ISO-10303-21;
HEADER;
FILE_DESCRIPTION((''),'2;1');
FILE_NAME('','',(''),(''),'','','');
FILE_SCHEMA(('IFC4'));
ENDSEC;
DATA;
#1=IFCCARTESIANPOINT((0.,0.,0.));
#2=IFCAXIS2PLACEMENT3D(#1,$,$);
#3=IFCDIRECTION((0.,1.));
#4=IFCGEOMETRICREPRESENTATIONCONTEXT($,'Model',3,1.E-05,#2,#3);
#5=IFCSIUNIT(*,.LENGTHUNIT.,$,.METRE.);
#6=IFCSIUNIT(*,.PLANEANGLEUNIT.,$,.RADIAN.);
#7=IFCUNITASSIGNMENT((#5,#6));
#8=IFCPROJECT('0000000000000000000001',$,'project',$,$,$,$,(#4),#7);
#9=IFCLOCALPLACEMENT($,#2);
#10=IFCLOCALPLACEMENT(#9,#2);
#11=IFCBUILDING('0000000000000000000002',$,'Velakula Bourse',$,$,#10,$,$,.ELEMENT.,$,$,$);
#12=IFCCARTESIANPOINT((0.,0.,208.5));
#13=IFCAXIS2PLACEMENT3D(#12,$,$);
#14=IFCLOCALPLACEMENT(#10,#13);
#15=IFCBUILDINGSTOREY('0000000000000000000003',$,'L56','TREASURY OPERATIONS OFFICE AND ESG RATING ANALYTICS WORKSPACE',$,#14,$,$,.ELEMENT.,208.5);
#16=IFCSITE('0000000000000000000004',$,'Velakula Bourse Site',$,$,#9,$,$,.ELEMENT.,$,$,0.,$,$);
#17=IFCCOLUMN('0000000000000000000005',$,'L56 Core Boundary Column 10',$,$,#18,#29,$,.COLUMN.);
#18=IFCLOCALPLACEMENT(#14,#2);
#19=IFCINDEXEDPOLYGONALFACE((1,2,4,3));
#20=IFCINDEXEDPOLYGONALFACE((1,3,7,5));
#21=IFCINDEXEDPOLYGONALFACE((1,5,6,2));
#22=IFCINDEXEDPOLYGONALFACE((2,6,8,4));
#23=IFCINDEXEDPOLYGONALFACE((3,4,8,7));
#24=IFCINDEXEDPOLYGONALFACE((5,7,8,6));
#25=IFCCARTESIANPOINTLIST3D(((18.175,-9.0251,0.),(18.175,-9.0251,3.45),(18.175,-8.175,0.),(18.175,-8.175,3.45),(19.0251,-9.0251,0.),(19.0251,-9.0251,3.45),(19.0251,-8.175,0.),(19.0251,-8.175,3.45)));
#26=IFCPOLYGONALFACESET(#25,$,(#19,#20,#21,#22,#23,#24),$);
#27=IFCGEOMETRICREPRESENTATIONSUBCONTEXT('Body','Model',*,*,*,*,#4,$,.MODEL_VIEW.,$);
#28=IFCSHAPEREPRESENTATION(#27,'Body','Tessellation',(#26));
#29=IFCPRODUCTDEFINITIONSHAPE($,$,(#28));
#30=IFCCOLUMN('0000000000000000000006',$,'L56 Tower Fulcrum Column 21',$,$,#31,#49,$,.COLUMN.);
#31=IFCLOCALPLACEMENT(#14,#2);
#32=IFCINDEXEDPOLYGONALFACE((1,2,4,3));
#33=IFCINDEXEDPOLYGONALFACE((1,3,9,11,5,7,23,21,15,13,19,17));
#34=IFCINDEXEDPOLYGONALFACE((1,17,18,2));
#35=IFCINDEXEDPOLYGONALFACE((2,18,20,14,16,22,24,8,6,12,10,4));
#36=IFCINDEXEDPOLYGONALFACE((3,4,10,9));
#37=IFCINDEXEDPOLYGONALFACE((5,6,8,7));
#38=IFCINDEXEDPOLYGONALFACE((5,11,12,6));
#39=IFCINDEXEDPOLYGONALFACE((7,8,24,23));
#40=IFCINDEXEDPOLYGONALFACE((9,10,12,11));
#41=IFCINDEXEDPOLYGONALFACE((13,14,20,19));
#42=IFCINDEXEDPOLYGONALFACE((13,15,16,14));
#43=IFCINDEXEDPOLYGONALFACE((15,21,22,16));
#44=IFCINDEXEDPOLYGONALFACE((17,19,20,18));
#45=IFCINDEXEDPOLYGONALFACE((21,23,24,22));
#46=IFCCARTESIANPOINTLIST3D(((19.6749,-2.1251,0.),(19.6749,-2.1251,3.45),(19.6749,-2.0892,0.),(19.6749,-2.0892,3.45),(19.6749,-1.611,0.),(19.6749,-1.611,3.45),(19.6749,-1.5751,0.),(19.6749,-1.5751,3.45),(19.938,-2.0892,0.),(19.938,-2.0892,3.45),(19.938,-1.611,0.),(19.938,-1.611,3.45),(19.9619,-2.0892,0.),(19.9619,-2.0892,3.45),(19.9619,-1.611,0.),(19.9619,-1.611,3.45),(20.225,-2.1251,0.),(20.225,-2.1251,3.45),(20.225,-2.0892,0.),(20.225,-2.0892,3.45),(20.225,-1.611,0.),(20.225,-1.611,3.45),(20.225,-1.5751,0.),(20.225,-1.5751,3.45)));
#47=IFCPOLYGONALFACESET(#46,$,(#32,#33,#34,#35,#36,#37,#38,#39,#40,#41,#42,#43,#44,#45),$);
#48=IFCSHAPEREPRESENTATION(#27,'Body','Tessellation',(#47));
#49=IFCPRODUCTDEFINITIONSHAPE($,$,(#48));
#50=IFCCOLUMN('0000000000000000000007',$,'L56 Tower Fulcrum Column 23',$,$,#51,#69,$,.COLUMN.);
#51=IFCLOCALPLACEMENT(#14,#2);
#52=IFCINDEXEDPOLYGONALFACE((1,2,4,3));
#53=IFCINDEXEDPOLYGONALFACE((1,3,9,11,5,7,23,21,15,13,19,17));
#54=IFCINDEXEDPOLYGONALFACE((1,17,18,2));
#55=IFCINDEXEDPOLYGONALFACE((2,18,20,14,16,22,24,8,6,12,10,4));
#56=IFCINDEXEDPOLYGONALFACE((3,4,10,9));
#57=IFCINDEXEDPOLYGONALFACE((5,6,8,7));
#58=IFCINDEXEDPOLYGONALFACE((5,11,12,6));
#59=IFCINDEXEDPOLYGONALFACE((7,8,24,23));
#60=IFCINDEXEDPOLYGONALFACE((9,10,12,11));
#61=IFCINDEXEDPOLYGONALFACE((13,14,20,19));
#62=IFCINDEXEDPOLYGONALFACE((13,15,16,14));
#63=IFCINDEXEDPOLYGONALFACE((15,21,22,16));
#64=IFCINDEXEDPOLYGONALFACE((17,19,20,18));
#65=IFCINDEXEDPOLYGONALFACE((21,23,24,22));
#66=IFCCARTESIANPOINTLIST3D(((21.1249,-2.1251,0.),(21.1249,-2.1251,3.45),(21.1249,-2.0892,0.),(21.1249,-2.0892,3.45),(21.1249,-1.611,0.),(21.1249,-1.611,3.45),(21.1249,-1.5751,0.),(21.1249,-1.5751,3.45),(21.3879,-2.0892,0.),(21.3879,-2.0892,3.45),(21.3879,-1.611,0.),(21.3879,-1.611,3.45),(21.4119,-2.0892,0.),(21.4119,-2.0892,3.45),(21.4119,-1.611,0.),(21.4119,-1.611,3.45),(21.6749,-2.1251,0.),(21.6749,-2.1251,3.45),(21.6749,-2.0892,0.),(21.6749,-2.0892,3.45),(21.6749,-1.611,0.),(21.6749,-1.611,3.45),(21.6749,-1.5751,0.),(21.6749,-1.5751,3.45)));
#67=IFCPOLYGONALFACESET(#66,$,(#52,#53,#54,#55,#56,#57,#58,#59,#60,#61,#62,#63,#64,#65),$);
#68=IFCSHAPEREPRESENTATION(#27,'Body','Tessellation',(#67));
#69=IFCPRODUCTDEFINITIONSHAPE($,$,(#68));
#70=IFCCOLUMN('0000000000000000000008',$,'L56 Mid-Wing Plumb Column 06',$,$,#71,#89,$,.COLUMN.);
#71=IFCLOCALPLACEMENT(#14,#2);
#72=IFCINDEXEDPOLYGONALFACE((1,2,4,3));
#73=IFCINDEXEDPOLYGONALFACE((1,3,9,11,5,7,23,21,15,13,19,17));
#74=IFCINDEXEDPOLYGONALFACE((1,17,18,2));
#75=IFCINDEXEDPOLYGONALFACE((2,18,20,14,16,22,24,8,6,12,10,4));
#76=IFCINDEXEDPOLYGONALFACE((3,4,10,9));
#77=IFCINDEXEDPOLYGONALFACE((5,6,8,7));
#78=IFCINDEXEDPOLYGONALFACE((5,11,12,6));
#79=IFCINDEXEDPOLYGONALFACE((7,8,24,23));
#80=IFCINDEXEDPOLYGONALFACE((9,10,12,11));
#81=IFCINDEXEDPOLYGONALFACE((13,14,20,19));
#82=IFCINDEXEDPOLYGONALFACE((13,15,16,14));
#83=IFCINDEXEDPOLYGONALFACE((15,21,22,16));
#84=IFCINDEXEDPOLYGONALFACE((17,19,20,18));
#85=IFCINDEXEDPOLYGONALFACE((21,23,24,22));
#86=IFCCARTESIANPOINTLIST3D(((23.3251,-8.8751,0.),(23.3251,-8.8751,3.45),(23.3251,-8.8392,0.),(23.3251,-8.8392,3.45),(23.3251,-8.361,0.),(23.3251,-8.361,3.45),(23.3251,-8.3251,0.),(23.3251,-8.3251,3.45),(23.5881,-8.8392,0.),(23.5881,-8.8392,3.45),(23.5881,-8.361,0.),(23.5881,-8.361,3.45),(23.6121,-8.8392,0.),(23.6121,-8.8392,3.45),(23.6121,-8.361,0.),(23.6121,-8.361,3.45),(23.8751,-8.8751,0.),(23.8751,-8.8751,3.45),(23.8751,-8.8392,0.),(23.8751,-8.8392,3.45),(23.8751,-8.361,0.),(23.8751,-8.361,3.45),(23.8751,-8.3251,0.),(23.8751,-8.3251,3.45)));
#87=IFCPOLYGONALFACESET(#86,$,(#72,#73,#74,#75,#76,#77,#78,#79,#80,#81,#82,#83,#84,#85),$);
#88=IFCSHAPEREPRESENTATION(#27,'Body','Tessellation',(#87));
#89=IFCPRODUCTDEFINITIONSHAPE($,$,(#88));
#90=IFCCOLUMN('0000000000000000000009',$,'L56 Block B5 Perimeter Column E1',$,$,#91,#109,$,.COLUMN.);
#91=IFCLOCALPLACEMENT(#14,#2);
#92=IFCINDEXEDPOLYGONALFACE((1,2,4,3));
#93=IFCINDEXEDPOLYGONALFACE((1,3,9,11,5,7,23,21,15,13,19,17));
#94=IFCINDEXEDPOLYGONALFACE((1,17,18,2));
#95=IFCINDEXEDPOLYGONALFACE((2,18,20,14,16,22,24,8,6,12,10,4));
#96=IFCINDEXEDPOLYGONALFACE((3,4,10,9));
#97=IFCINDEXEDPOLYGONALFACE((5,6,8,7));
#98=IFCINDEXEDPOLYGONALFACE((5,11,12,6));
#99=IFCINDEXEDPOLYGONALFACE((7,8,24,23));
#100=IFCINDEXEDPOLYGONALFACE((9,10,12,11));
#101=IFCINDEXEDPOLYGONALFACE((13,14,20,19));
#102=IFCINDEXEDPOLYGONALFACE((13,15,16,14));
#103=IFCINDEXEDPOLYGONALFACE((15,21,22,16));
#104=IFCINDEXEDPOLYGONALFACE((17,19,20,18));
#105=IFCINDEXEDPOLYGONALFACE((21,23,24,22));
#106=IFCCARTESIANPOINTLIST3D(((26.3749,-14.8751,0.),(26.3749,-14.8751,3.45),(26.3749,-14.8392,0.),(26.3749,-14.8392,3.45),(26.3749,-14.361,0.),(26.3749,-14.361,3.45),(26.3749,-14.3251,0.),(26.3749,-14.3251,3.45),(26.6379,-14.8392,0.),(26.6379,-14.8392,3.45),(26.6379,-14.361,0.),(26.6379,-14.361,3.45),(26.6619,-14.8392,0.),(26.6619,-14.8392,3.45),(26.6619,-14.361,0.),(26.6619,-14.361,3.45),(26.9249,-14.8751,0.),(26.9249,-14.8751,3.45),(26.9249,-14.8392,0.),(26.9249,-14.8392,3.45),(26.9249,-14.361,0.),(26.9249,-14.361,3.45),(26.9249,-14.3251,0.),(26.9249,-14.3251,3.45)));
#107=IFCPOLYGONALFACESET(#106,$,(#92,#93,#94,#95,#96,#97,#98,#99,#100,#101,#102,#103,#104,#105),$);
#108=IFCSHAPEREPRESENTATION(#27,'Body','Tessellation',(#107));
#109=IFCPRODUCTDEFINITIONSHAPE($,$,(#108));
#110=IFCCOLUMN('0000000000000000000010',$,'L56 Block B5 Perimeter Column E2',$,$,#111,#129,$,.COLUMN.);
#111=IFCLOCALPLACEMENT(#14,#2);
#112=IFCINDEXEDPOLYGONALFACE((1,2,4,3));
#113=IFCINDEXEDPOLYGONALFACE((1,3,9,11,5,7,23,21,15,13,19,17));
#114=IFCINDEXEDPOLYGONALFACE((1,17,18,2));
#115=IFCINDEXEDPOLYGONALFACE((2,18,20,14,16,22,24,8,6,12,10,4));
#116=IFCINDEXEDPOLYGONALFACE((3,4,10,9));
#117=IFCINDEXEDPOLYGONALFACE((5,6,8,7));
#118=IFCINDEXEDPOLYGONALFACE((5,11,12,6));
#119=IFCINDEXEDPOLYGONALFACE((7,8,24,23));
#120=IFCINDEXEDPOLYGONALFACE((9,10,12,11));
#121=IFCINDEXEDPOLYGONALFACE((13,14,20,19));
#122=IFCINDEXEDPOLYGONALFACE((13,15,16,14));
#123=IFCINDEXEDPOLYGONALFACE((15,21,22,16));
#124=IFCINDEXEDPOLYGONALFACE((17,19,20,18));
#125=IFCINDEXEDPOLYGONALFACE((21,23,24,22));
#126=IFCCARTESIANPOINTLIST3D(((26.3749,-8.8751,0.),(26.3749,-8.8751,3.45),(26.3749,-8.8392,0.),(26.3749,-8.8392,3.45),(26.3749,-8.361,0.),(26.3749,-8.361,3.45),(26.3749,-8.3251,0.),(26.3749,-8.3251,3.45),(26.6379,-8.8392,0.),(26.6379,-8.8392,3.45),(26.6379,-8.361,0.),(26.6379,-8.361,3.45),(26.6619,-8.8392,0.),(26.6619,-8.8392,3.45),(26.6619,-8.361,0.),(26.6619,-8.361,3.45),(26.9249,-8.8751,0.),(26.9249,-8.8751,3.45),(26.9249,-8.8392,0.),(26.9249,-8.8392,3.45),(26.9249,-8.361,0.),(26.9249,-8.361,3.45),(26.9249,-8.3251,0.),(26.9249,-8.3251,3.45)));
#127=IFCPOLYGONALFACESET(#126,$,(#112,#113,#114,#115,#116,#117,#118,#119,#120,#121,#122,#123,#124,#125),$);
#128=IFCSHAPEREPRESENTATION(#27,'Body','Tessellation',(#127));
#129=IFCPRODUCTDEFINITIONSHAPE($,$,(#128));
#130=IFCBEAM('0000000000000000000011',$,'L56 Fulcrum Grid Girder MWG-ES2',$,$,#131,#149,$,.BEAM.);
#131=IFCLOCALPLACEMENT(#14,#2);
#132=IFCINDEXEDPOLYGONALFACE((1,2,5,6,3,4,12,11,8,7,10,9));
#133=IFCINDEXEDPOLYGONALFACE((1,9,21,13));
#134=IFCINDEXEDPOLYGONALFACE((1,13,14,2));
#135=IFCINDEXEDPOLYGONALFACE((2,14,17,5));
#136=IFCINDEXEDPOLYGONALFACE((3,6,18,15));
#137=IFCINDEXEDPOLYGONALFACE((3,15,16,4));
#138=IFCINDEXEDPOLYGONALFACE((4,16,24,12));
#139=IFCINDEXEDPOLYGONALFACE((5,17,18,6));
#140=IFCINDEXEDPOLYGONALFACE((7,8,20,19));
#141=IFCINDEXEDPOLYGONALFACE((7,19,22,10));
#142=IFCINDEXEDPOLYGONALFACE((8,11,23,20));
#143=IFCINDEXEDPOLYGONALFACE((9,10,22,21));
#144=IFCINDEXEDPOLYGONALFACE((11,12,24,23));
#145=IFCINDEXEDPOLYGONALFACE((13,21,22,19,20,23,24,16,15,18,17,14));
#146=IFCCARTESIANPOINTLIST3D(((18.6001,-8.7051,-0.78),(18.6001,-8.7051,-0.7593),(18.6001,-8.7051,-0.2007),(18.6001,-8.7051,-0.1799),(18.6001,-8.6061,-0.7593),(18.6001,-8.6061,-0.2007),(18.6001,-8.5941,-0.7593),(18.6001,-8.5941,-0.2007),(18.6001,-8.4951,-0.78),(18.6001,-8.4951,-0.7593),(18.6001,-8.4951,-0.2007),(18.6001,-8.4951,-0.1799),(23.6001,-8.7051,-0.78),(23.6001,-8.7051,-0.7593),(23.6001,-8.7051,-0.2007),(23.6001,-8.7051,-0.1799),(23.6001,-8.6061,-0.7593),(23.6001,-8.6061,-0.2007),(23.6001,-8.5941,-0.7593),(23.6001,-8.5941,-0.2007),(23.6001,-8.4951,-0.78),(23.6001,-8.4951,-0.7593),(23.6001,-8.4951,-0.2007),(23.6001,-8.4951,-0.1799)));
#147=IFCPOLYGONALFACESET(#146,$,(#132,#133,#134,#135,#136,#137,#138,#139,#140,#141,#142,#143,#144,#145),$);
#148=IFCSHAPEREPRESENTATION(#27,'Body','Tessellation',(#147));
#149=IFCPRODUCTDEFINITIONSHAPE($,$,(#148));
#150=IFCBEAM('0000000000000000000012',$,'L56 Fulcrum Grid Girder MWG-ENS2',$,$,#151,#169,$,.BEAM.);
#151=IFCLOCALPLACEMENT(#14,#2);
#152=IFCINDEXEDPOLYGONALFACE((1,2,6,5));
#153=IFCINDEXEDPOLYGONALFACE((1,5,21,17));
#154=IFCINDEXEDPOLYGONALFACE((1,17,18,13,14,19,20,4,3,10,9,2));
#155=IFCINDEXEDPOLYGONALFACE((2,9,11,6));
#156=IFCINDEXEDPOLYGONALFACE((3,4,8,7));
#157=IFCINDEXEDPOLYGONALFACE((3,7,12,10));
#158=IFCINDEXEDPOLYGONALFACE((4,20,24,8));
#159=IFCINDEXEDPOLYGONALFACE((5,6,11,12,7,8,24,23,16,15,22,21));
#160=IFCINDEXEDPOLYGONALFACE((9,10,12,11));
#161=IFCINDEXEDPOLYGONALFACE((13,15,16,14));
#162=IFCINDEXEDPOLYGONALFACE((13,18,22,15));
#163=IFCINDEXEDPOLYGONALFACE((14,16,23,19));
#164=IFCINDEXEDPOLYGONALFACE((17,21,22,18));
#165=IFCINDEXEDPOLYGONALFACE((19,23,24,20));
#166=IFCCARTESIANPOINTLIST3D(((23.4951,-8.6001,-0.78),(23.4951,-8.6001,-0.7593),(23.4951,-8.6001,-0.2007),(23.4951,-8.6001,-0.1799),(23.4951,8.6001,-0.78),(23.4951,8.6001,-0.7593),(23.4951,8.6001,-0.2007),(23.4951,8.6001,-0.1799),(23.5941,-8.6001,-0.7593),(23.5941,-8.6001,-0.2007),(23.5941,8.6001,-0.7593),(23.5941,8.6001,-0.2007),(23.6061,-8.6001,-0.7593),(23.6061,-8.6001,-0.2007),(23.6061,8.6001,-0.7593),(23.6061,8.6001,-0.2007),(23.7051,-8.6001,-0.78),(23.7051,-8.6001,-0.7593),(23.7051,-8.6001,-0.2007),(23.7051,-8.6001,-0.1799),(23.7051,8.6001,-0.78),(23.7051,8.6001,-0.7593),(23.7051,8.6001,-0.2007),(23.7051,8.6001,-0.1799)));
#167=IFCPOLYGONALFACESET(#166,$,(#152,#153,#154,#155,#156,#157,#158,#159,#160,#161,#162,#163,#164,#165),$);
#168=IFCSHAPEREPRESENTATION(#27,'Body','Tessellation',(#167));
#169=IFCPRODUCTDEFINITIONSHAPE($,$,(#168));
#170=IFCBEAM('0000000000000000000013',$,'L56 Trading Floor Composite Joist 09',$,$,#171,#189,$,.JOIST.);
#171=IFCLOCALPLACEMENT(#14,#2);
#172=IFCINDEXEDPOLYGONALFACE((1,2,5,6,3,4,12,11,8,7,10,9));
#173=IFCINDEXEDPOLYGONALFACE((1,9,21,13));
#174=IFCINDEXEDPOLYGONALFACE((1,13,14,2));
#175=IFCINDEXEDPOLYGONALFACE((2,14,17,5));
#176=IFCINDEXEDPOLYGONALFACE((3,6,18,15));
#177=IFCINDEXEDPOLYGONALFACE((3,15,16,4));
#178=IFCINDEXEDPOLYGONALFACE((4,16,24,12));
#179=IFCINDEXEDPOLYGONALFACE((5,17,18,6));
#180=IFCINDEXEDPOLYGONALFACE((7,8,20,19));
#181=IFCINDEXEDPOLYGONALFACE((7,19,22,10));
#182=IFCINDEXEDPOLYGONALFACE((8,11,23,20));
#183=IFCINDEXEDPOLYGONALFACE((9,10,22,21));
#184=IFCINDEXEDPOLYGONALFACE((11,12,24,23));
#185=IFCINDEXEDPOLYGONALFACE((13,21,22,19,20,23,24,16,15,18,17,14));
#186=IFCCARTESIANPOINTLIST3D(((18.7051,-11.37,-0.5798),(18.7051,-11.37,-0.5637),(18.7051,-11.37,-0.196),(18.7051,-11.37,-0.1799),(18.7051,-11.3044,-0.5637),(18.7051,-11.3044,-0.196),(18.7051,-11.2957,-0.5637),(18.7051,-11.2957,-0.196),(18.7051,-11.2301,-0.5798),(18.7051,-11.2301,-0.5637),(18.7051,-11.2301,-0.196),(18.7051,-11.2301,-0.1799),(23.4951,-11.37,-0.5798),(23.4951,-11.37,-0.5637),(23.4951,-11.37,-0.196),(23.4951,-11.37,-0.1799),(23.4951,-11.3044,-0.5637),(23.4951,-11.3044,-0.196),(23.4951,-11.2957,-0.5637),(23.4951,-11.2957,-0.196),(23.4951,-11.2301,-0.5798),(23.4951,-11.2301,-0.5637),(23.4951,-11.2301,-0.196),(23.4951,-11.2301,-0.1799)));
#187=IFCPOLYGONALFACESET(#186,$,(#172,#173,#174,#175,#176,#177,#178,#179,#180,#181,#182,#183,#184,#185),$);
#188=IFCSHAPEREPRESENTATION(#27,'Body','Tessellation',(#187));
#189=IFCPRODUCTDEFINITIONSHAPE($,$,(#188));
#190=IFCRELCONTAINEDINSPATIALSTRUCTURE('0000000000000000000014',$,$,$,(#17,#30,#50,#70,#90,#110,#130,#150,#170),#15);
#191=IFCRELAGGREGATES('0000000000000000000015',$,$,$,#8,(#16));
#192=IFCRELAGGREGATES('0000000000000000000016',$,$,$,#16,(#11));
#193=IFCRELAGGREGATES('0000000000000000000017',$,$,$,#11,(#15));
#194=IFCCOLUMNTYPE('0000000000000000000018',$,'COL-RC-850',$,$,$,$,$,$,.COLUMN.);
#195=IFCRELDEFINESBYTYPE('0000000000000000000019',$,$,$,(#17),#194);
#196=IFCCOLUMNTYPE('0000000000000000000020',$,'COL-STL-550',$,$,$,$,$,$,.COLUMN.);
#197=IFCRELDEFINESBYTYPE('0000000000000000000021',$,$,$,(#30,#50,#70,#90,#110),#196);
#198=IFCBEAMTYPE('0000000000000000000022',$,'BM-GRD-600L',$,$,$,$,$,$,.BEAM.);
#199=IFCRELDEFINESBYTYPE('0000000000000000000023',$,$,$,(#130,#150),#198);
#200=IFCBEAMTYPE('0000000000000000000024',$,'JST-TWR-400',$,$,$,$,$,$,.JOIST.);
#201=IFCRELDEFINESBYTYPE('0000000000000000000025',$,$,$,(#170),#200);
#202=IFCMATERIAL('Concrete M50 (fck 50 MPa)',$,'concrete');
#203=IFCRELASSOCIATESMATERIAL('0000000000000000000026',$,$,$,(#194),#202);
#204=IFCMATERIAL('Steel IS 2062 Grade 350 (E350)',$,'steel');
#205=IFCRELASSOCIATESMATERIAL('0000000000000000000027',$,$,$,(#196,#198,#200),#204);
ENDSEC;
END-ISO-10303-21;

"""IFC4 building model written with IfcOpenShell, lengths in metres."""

from ifc_helpers import new_model, si_unit, direction, frame, origin, origin_2d, place, context, subcontext, project, spatial, rectangle, i_section, extrude, material, material_profile, profile_set, type_object, element, save


model = new_model("IFC4")

# Units and contexts
model_context = context("Model", 3, precision=1e-05, world=origin(), true_north=direction((0.0, 1.0)))
body_context = subcontext(model_context, "Body", "Model", "MODEL_VIEW")
ifc_project = project(units=[si_unit("LENGTHUNIT", "METRE"), si_unit("PLANEANGLEUNIT", "RADIAN")], contexts=[model_context])

# Site, building, storey
site_placement = place(None, origin())
site = spatial("IfcSite", under=ifc_project, at=site_placement, Name="Velakula Bourse Site", CompositionType="ELEMENT", RefElevation=0.0)
building_placement = place(site_placement, origin())
building = spatial("IfcBuilding", under=site, at=building_placement, Name="Velakula Bourse", CompositionType="ELEMENT")
storey_placement = place(building_placement, frame((0.0, 0.0, 208.5)))
storey = spatial("IfcBuildingStorey", under=building, at=storey_placement, Name="L56", Description="TREASURY OPERATIONS OFFICE AND ESG RATING ANALYTICS WORKSPACE", CompositionType="ELEMENT", Elevation=208.5)

# Columns
ifc_material_1 = material(Name="Concrete M50 (fck 50 MPa)", Category="concrete")
ifc_material_profile_1 = material_profile(ifc_material_1, rectangle(XDim=0.8501, YDim=0.8501, at=origin_2d()), Name="Concrete M50 (fck 50 MPa)")
ifc_profile_set_1 = profile_set([ifc_material_profile_1], Name="Concrete M50 (fck 50 MPa)")
column_type_1 = type_object("IfcColumnType", Name="COL-RC-850", PredefinedType="COLUMN", material=ifc_profile_set_1)
column_placement = place(storey_placement, frame((18.6001, -8.6001, 0.0), z_axis=(0.0, 0.0, 1.0), x_axis=(1.0, 0.0, 0.0)))
element("IfcColumn", 1, at=column_placement, inside=storey, type_object=column_type_1, Name="L56 Core Boundary Column 10", PredefinedType="COLUMN", context=body_context, shape_type="SweptSolid", body=[
    extrude(rectangle(XDim=0.8501, YDim=0.8501, at=origin_2d()), origin(), (0.0, 0.0, 1.0), 3.45),
])
ifc_material_2 = material(Name="Steel IS 2062 Grade 350 (E350)", Category="steel")
ifc_material_profile_2 = material_profile(ifc_material_2, i_section(OverallWidth=0.55, OverallDepth=0.55, WebThickness=0.0239, FlangeThickness=0.0359, at=origin_2d()), Name="Steel IS 2062 Grade 350 (E350)")
ifc_profile_set_2 = profile_set([ifc_material_profile_2], Name="Steel IS 2062 Grade 350 (E350)")
column_type_2 = type_object("IfcColumnType", Name="COL-STL-550", PredefinedType="COLUMN", material=ifc_profile_set_2)
for number, where, z_axis, x_axis, name in (
    (2, (19.95, -1.8501, 0.0), (0.0, 0.0, 1.0), (1.0, 0.0, 0.0), "L56 Tower Fulcrum Column 21"),
    (3, (21.3999, -1.8501, 0.0), (0.0, 0.0, 1.0), (1.0, 0.0, 0.0), "L56 Tower Fulcrum Column 23"),
    (4, (23.6001, -8.6001, 0.0), (0.0, 0.0, 1.0), (1.0, 0.0, 0.0), "L56 Mid-Wing Plumb Column 06"),
    (5, (26.6499, -14.6001, 0.0), (0.0, 0.0, 1.0), (1.0, 0.0, 0.0), "L56 Block B5 Perimeter Column E1"),
    (6, (26.6499, -8.6001, 0.0), (0.0, 0.0, 1.0), (1.0, 0.0, 0.0), "L56 Block B5 Perimeter Column E2"),
):
    element("IfcColumn", number, at=place(storey_placement, frame(where, z_axis=z_axis, x_axis=x_axis)), inside=storey, type_object=column_type_2, Name=name, PredefinedType="COLUMN", context=body_context, shape_type="SweptSolid", body=[
        extrude(i_section(OverallWidth=0.55, OverallDepth=0.55, WebThickness=0.0239, FlangeThickness=0.0359, at=origin_2d()), origin(), (0.0, 0.0, 1.0), 3.45),
    ])

# Beams
ifc_material_profile_3 = material_profile(ifc_material_2, i_section(OverallWidth=0.21, OverallDepth=0.6001, WebThickness=0.012, FlangeThickness=0.0208, at=origin_2d()), Name="Steel IS 2062 Grade 350 (E350)")
ifc_profile_set_3 = profile_set([ifc_material_profile_3], Name="Steel IS 2062 Grade 350 (E350)")
beam_type_1 = type_object("IfcBeamType", Name="BM-GRD-600L", PredefinedType="BEAM", material=ifc_profile_set_3)
beam_1_placement = place(storey_placement, frame((18.6001, -8.6001, -0.48), z_axis=(1.0, 0.0, 0.0), x_axis=(0.0, 1.0, 0.0)))
element("IfcBeam", 7, at=beam_1_placement, inside=storey, type_object=beam_type_1, Name="L56 Fulcrum Grid Girder MWG-ES2", PredefinedType="BEAM", context=body_context, shape_type="SweptSolid", body=[
    extrude(i_section(OverallWidth=0.21, OverallDepth=0.6001, WebThickness=0.012, FlangeThickness=0.0208, at=origin_2d()), origin(), (0.0, 0.0, 1.0), 5.0),
])
beam_2_placement = place(storey_placement, frame((23.6001, -8.6001, -0.48), z_axis=(0.0, 1.0, 0.0), x_axis=(-1.0, 0.0, 0.0)))
element("IfcBeam", 8, at=beam_2_placement, inside=storey, type_object=beam_type_1, Name="L56 Fulcrum Grid Girder MWG-ENS2", PredefinedType="BEAM", context=body_context, shape_type="SweptSolid", body=[
    extrude(i_section(OverallWidth=0.21, OverallDepth=0.6001, WebThickness=0.012, FlangeThickness=0.0208, at=origin_2d()), origin(), (0.0, 0.0, 1.0), 17.2002),
])
ifc_material_profile_4 = material_profile(ifc_material_2, i_section(OverallWidth=0.1399, OverallDepth=0.3999, WebThickness=0.0088, FlangeThickness=0.0161, at=origin_2d()), Name="Steel IS 2062 Grade 350 (E350)")
ifc_profile_set_4 = profile_set([ifc_material_profile_4], Name="Steel IS 2062 Grade 350 (E350)")
beam_type_2 = type_object("IfcBeamType", Name="JST-TWR-400", PredefinedType="JOIST", material=ifc_profile_set_4)
beam_3_placement = place(storey_placement, frame((18.7051, -11.3, -0.3799), z_axis=(1.0, 0.0, 0.0), x_axis=(0.0, 1.0, 0.0)))
element("IfcBeam", 9, at=beam_3_placement, inside=storey, type_object=beam_type_2, Name="L56 Trading Floor Composite Joist 09", PredefinedType="JOIST", context=body_context, shape_type="SweptSolid", body=[
    extrude(i_section(OverallWidth=0.1399, OverallDepth=0.3999, WebThickness=0.0088, FlangeThickness=0.0161, at=origin_2d()), origin(), (0.0, 0.0, 1.0), 4.79),
])

save(model, "model.ifc")
